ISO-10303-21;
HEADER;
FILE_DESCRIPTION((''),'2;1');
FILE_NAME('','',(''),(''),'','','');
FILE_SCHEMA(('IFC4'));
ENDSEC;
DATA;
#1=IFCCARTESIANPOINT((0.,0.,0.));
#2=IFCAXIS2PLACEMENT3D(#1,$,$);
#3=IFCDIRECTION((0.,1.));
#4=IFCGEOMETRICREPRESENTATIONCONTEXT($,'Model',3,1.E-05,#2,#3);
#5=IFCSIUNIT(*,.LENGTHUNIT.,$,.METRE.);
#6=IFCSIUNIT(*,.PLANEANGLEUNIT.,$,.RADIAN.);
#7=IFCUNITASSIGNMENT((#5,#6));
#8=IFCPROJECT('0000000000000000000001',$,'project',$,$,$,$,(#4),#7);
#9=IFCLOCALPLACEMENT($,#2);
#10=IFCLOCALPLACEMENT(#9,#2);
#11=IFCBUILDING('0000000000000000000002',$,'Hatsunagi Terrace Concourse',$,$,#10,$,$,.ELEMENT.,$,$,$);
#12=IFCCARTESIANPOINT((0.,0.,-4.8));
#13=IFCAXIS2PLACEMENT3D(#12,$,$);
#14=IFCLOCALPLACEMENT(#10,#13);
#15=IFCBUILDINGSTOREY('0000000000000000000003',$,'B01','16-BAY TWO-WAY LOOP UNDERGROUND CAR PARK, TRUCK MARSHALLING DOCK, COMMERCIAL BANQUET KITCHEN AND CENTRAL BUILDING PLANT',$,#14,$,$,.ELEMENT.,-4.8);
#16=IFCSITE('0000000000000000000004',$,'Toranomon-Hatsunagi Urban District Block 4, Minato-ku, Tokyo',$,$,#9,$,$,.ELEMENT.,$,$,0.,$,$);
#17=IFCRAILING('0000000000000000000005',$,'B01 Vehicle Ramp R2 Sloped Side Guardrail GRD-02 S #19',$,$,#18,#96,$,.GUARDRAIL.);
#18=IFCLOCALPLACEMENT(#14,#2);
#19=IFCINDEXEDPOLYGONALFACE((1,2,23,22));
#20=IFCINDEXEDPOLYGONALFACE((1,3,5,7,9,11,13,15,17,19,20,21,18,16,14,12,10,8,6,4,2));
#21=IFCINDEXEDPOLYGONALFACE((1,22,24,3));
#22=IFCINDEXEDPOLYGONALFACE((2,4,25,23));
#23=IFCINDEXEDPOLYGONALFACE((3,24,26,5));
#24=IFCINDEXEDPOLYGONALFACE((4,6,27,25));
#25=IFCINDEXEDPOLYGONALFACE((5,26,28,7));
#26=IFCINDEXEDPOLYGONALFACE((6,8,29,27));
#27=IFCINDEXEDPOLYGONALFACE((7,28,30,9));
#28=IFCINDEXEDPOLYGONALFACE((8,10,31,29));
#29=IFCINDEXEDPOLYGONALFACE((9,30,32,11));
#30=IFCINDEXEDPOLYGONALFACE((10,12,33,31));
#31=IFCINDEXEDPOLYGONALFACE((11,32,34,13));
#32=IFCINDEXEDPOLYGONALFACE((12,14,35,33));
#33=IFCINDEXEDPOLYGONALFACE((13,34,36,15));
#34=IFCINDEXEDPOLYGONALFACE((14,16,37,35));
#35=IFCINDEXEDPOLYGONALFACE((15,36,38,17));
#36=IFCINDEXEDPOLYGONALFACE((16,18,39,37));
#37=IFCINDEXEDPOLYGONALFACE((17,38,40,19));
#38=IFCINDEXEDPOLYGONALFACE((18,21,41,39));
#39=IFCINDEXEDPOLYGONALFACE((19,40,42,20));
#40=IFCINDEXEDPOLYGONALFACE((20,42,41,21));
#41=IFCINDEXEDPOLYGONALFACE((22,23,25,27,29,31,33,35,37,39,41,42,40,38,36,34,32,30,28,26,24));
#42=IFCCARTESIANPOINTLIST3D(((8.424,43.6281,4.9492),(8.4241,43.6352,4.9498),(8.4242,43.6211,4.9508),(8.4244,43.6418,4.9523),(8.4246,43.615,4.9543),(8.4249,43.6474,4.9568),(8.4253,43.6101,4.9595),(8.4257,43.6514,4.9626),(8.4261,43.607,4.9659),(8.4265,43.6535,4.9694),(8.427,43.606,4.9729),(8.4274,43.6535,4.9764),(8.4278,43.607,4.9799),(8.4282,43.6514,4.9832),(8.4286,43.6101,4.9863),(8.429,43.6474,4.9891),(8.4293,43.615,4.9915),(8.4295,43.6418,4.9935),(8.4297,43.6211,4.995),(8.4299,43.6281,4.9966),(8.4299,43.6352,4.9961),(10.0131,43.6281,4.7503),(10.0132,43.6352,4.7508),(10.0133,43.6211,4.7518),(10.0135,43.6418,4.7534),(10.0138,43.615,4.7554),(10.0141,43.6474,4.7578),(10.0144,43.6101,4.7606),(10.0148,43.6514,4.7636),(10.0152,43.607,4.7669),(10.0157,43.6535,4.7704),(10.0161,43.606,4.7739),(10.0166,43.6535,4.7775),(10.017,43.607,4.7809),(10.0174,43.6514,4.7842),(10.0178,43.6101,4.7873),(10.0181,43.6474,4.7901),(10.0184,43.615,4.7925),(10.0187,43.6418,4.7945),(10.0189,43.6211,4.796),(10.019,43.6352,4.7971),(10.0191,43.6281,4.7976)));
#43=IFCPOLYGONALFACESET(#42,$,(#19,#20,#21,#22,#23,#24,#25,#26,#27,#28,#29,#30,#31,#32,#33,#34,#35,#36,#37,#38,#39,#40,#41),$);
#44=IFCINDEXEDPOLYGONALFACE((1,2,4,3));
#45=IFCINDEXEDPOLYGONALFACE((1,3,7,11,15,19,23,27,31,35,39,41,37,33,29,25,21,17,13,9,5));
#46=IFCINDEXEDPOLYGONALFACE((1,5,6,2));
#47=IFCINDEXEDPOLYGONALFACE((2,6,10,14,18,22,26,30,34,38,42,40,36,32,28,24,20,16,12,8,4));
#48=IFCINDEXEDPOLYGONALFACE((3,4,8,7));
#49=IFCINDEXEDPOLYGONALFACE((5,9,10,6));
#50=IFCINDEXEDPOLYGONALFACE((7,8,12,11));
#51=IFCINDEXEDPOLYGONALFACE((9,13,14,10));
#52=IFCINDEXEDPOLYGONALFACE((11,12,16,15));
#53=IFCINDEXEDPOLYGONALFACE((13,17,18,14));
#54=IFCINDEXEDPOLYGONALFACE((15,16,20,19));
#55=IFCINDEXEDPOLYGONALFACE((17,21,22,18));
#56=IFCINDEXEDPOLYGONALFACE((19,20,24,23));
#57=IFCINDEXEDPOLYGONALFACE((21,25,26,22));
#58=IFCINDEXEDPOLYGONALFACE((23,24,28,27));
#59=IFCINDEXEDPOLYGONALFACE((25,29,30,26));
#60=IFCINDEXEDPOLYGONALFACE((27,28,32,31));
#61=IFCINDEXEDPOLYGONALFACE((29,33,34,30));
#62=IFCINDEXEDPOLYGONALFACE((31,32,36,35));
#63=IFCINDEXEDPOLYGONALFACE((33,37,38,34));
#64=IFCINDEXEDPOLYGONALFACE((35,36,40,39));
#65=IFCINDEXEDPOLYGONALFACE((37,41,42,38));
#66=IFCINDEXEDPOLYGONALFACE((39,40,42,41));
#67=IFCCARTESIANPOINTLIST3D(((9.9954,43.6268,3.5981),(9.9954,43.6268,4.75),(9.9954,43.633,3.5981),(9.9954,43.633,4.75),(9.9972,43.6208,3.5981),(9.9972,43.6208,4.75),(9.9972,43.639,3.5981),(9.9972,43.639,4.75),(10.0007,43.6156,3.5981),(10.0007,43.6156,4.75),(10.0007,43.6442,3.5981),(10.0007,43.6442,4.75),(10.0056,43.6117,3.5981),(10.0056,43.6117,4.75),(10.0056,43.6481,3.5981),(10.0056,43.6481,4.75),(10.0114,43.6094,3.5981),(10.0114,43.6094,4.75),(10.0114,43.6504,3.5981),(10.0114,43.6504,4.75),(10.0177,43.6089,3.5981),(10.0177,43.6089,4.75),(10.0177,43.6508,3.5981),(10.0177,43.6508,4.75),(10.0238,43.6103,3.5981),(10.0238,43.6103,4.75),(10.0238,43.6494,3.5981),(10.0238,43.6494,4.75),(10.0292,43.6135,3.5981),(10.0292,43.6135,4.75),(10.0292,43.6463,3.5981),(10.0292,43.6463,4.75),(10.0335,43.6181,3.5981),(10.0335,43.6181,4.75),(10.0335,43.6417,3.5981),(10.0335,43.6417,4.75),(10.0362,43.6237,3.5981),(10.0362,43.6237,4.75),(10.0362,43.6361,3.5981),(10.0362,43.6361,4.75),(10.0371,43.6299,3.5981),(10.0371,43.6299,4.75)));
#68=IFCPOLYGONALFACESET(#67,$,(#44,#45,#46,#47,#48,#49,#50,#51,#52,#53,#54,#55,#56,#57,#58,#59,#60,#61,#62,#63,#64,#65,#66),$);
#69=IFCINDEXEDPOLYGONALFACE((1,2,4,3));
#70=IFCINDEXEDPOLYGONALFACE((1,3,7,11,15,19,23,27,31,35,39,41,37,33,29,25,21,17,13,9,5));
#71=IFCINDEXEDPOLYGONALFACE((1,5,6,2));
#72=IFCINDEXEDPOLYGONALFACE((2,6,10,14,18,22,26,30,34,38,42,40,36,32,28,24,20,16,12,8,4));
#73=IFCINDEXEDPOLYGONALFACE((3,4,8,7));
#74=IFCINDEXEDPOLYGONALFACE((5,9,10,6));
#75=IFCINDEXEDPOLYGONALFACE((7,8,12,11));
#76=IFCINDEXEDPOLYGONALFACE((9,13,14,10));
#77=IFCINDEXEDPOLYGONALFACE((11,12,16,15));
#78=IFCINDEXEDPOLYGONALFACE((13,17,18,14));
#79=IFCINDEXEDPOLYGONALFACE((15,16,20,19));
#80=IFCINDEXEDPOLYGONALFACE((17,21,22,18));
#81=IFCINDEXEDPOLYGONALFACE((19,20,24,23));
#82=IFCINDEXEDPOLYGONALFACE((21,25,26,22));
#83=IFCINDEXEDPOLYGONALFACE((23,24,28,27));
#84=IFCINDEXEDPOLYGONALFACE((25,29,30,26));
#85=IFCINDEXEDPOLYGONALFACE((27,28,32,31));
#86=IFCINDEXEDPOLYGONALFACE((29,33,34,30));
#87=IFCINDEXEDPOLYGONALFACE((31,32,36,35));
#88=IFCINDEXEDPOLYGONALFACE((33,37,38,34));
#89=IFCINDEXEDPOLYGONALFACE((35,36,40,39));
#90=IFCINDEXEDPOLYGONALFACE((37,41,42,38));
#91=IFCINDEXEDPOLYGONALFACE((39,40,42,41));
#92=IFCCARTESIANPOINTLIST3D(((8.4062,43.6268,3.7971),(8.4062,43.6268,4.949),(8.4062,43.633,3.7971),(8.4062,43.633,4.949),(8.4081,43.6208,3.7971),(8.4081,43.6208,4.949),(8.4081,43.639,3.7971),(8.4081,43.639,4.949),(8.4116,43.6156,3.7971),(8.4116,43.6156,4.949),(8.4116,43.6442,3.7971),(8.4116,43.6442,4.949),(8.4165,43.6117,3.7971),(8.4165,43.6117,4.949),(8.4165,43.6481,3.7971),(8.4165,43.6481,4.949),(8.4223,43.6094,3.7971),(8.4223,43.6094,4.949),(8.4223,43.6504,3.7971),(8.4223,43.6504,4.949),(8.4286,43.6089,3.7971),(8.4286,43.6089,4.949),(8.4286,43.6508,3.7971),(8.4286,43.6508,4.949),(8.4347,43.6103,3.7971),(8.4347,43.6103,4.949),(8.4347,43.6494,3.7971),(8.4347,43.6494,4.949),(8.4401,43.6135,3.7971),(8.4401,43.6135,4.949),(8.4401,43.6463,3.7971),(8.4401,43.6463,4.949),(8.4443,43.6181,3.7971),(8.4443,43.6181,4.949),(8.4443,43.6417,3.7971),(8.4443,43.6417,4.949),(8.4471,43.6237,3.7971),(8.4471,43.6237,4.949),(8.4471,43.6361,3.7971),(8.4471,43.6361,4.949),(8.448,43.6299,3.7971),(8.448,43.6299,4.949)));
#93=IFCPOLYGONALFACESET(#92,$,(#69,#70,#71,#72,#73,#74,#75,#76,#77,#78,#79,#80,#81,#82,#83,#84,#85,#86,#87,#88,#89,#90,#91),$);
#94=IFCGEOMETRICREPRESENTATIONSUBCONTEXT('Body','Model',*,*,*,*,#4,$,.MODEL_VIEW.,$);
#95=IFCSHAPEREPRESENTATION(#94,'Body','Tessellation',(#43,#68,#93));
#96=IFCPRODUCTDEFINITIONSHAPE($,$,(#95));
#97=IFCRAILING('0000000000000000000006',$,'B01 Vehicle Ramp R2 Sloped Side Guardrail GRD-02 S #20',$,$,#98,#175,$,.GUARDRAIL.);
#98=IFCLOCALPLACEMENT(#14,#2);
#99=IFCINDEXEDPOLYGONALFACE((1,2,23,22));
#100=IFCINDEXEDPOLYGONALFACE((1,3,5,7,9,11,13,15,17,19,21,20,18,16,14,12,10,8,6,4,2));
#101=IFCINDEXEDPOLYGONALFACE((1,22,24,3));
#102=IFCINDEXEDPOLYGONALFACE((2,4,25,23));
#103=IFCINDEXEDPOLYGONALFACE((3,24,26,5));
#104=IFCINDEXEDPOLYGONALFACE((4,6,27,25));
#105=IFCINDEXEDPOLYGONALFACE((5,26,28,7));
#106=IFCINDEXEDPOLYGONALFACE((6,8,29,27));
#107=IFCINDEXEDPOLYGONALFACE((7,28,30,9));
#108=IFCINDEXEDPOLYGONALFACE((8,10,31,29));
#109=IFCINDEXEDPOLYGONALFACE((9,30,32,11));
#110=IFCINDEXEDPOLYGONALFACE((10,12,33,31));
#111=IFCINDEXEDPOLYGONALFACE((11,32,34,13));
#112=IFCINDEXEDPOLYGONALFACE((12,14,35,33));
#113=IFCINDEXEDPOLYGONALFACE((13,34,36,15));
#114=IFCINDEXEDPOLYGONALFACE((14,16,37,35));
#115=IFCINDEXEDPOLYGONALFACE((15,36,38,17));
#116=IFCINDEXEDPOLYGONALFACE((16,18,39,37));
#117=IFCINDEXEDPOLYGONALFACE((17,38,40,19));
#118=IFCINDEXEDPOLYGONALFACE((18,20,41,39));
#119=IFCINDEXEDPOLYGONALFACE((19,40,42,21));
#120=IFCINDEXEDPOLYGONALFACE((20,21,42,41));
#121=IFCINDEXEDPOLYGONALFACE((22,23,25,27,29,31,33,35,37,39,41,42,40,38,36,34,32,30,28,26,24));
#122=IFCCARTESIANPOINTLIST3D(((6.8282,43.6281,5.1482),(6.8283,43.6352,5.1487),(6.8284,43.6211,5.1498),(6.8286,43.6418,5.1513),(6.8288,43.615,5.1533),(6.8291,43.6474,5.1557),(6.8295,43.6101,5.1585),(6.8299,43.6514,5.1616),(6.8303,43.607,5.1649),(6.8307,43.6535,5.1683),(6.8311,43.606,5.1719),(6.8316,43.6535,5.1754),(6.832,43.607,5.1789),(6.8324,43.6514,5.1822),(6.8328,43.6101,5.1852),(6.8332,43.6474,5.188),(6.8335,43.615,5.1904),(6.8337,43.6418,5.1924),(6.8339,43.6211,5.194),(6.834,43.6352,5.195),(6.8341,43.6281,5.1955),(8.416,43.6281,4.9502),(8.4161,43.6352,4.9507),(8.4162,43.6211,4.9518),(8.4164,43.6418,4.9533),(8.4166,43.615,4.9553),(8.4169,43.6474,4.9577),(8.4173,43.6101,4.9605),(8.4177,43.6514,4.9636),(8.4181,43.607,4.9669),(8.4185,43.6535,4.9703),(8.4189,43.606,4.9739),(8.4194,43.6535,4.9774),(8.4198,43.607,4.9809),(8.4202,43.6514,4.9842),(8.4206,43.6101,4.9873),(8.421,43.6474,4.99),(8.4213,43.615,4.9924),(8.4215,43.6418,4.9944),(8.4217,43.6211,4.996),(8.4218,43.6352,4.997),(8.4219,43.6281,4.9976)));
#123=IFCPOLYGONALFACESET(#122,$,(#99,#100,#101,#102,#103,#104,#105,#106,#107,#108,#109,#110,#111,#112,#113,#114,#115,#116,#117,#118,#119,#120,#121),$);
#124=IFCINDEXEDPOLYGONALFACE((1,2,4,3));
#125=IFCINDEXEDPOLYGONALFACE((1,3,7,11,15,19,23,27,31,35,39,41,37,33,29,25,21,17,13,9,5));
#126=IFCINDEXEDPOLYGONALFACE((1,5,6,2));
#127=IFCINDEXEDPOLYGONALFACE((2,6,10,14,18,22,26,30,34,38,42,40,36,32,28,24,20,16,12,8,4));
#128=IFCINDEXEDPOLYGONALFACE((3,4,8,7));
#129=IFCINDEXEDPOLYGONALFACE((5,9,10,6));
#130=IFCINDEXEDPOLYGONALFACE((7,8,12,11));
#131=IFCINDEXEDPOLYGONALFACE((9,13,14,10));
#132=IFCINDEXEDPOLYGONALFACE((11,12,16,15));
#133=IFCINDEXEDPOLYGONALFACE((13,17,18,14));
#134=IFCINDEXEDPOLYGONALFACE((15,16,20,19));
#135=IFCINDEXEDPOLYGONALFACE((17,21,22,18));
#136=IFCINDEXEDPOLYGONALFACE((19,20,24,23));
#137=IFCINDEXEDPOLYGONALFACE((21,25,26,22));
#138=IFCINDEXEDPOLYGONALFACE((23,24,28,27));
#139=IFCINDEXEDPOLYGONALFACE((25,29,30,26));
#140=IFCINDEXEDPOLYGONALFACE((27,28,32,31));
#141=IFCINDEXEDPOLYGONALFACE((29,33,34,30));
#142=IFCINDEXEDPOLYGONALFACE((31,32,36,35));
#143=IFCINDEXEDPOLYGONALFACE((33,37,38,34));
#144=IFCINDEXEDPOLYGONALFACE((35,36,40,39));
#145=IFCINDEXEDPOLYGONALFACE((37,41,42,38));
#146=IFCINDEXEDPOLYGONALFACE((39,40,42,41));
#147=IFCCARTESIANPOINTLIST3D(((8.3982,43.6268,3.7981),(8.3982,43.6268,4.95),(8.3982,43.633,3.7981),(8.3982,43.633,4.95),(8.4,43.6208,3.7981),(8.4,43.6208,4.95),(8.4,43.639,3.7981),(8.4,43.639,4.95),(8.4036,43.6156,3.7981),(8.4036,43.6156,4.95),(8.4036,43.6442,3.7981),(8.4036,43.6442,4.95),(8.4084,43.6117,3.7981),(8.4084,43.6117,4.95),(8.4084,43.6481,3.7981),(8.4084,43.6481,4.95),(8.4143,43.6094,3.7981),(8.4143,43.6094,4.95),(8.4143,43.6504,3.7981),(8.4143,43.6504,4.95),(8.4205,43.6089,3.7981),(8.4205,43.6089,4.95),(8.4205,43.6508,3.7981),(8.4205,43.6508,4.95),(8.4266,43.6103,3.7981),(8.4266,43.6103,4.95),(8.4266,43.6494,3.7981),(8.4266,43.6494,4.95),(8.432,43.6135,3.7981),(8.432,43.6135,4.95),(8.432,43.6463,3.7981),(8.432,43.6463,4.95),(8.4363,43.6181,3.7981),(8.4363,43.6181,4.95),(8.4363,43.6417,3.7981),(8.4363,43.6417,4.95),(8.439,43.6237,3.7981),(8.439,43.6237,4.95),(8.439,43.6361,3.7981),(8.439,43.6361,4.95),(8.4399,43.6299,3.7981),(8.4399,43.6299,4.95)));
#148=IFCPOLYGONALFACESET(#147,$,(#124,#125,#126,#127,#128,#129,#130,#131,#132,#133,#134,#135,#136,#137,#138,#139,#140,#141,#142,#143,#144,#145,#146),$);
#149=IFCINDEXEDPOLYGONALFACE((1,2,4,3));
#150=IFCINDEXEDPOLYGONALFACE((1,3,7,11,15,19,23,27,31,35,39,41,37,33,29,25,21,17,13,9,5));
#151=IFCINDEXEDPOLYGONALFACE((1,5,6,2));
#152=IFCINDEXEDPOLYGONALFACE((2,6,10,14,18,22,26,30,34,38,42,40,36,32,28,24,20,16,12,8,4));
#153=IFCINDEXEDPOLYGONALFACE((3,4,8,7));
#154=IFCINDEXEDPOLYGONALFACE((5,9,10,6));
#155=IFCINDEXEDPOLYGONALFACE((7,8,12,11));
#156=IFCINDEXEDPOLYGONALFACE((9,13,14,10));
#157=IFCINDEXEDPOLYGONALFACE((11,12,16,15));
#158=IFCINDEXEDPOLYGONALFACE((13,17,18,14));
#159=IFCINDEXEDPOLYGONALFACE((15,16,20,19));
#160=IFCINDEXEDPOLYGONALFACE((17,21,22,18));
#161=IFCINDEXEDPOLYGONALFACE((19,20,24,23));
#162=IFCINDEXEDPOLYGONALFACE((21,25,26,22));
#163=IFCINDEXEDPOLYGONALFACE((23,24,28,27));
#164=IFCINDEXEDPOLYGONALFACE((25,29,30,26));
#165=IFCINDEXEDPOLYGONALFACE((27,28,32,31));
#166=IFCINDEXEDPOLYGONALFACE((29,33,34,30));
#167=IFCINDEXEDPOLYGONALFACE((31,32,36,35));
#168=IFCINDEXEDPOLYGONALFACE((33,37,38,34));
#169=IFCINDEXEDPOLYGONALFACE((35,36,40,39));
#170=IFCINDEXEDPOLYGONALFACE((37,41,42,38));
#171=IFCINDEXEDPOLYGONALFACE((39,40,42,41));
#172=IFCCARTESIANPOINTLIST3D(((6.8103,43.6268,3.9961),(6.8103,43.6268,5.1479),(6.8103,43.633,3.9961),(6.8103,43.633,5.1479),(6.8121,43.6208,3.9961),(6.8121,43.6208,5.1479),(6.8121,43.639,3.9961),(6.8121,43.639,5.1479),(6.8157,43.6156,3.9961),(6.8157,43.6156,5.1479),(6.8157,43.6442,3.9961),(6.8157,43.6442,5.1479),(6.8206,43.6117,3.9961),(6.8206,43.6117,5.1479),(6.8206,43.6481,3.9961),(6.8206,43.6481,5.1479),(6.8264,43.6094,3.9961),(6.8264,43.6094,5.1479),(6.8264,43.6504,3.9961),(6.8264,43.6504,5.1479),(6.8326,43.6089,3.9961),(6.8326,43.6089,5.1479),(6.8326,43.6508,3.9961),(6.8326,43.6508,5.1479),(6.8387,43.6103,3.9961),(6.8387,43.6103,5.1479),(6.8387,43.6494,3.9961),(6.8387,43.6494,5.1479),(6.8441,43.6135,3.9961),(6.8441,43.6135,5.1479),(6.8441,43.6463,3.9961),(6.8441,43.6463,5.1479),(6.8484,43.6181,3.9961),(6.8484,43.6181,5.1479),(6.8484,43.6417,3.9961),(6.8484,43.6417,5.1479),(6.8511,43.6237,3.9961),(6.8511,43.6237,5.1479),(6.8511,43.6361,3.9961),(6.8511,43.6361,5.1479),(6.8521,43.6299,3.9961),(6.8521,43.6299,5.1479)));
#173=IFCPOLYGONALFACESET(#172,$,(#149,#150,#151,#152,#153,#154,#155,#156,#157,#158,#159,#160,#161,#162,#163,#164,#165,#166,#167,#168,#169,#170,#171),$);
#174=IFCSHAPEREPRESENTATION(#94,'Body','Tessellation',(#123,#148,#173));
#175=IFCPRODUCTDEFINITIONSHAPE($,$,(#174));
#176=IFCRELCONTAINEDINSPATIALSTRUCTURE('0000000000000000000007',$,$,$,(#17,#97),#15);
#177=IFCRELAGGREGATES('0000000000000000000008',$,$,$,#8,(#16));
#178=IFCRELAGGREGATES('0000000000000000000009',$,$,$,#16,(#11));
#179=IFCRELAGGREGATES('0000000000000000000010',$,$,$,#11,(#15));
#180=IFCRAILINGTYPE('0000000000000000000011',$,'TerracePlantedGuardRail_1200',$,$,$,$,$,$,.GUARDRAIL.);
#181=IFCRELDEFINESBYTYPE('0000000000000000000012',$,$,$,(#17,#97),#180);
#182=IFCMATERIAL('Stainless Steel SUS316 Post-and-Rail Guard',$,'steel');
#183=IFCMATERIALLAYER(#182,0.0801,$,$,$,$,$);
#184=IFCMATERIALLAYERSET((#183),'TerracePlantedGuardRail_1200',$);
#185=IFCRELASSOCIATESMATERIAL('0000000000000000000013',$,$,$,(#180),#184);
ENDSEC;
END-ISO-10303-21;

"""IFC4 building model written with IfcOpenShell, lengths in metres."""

from ifc_helpers import new_model, si_unit, direction, frame, origin, origin_2d, place, context, subcontext, project, spatial, circle, extrude, material, layer, layer_set, type_object, element, save


model = new_model("IFC4")

# Units and contexts
model_context = context("Model", 3, precision=1e-05, world=origin(), true_north=direction((0.0, 1.0)))
body_context = subcontext(model_context, "Body", "Model", "MODEL_VIEW")
ifc_project = project(units=[si_unit("LENGTHUNIT", "METRE"), si_unit("PLANEANGLEUNIT", "RADIAN")], contexts=[model_context])

# Site, building, storey
site_placement = place(None, origin())
site = spatial("IfcSite", under=ifc_project, at=site_placement, Name="Toranomon-Hatsunagi Urban District Block 4, Minato-ku, Tokyo", CompositionType="ELEMENT", RefElevation=0.0)
building_placement = place(site_placement, origin())
building = spatial("IfcBuilding", under=site, at=building_placement, Name="Hatsunagi Terrace Concourse", CompositionType="ELEMENT")
storey_placement = place(building_placement, frame((0.0, 0.0, -4.8)))
storey = spatial("IfcBuildingStorey", under=building, at=storey_placement, Name="B01", Description="16-BAY TWO-WAY LOOP UNDERGROUND CAR PARK, TRUCK MARSHALLING DOCK, COMMERCIAL BANQUET KITCHEN AND CENTRAL BUILDING PLANT", CompositionType="ELEMENT", Elevation=-4.8)

# Railings
ifc_material_1 = material(Name="Stainless Steel SUS316 Post-and-Rail Guard", Category="steel")
ifc_layer_1 = layer(ifc_material_1, 0.0801)
ifc_layer_set_1 = layer_set([ifc_layer_1], Name="TerracePlantedGuardRail_1200")
railing_type = type_object("IfcRailingType", Name="TerracePlantedGuardRail_1200", PredefinedType="GUARDRAIL", material=ifc_layer_set_1)
railing_1_placement = place(storey_placement, frame((10.0161, 43.6299, 3.5981)))
element("IfcRailing", 1, at=railing_1_placement, inside=storey, type_object=railing_type, Name="B01 Vehicle Ramp R2 Sloped Side Guardrail GRD-02 S #19", PredefinedType="GUARDRAIL", context=body_context, shape_type="SweptSolid", body=[
    extrude(circle(Radius=0.0239, at=origin_2d()), frame((0.0, 0.0, 1.1758), z_axis=(-0.992252, 0.0, 0.124241), x_axis=(0.0, -1.0, 0.0)), (0.0, 0.0, 1.0), 1.6016),
    extrude(circle(Radius=0.021, at=origin_2d()), origin(), (0.0, 0.0, 1.0), 1.1519),
    extrude(circle(Radius=0.021, at=origin_2d()), frame((-1.5891, 0.0, 0.199)), (0.0, 0.0, 1.0), 1.1519),
])
railing_2_placement = place(storey_placement, frame((8.4189, 43.6299, 3.7981)))
element("IfcRailing", 2, at=railing_2_placement, inside=storey, type_object=railing_type, Name="B01 Vehicle Ramp R2 Sloped Side Guardrail GRD-02 S #20", PredefinedType="GUARDRAIL", context=body_context, shape_type="SweptSolid", body=[
    extrude(circle(Radius=0.0239, at=origin_2d()), frame((0.0, 0.0, 1.1758), z_axis=(-0.992315, 0.0, 0.123734), x_axis=(0.0, -1.0, 0.0)), (0.0, 0.0, 1.0), 1.6001),
    extrude(circle(Radius=0.021, at=origin_2d()), origin(), (0.0, 0.0, 1.0), 1.1519),
    extrude(circle(Radius=0.021, at=origin_2d()), frame((-1.5879, 0.0, 0.198)), (0.0, 0.0, 1.0), 1.1519),
])

save(model, "model.ifc")
